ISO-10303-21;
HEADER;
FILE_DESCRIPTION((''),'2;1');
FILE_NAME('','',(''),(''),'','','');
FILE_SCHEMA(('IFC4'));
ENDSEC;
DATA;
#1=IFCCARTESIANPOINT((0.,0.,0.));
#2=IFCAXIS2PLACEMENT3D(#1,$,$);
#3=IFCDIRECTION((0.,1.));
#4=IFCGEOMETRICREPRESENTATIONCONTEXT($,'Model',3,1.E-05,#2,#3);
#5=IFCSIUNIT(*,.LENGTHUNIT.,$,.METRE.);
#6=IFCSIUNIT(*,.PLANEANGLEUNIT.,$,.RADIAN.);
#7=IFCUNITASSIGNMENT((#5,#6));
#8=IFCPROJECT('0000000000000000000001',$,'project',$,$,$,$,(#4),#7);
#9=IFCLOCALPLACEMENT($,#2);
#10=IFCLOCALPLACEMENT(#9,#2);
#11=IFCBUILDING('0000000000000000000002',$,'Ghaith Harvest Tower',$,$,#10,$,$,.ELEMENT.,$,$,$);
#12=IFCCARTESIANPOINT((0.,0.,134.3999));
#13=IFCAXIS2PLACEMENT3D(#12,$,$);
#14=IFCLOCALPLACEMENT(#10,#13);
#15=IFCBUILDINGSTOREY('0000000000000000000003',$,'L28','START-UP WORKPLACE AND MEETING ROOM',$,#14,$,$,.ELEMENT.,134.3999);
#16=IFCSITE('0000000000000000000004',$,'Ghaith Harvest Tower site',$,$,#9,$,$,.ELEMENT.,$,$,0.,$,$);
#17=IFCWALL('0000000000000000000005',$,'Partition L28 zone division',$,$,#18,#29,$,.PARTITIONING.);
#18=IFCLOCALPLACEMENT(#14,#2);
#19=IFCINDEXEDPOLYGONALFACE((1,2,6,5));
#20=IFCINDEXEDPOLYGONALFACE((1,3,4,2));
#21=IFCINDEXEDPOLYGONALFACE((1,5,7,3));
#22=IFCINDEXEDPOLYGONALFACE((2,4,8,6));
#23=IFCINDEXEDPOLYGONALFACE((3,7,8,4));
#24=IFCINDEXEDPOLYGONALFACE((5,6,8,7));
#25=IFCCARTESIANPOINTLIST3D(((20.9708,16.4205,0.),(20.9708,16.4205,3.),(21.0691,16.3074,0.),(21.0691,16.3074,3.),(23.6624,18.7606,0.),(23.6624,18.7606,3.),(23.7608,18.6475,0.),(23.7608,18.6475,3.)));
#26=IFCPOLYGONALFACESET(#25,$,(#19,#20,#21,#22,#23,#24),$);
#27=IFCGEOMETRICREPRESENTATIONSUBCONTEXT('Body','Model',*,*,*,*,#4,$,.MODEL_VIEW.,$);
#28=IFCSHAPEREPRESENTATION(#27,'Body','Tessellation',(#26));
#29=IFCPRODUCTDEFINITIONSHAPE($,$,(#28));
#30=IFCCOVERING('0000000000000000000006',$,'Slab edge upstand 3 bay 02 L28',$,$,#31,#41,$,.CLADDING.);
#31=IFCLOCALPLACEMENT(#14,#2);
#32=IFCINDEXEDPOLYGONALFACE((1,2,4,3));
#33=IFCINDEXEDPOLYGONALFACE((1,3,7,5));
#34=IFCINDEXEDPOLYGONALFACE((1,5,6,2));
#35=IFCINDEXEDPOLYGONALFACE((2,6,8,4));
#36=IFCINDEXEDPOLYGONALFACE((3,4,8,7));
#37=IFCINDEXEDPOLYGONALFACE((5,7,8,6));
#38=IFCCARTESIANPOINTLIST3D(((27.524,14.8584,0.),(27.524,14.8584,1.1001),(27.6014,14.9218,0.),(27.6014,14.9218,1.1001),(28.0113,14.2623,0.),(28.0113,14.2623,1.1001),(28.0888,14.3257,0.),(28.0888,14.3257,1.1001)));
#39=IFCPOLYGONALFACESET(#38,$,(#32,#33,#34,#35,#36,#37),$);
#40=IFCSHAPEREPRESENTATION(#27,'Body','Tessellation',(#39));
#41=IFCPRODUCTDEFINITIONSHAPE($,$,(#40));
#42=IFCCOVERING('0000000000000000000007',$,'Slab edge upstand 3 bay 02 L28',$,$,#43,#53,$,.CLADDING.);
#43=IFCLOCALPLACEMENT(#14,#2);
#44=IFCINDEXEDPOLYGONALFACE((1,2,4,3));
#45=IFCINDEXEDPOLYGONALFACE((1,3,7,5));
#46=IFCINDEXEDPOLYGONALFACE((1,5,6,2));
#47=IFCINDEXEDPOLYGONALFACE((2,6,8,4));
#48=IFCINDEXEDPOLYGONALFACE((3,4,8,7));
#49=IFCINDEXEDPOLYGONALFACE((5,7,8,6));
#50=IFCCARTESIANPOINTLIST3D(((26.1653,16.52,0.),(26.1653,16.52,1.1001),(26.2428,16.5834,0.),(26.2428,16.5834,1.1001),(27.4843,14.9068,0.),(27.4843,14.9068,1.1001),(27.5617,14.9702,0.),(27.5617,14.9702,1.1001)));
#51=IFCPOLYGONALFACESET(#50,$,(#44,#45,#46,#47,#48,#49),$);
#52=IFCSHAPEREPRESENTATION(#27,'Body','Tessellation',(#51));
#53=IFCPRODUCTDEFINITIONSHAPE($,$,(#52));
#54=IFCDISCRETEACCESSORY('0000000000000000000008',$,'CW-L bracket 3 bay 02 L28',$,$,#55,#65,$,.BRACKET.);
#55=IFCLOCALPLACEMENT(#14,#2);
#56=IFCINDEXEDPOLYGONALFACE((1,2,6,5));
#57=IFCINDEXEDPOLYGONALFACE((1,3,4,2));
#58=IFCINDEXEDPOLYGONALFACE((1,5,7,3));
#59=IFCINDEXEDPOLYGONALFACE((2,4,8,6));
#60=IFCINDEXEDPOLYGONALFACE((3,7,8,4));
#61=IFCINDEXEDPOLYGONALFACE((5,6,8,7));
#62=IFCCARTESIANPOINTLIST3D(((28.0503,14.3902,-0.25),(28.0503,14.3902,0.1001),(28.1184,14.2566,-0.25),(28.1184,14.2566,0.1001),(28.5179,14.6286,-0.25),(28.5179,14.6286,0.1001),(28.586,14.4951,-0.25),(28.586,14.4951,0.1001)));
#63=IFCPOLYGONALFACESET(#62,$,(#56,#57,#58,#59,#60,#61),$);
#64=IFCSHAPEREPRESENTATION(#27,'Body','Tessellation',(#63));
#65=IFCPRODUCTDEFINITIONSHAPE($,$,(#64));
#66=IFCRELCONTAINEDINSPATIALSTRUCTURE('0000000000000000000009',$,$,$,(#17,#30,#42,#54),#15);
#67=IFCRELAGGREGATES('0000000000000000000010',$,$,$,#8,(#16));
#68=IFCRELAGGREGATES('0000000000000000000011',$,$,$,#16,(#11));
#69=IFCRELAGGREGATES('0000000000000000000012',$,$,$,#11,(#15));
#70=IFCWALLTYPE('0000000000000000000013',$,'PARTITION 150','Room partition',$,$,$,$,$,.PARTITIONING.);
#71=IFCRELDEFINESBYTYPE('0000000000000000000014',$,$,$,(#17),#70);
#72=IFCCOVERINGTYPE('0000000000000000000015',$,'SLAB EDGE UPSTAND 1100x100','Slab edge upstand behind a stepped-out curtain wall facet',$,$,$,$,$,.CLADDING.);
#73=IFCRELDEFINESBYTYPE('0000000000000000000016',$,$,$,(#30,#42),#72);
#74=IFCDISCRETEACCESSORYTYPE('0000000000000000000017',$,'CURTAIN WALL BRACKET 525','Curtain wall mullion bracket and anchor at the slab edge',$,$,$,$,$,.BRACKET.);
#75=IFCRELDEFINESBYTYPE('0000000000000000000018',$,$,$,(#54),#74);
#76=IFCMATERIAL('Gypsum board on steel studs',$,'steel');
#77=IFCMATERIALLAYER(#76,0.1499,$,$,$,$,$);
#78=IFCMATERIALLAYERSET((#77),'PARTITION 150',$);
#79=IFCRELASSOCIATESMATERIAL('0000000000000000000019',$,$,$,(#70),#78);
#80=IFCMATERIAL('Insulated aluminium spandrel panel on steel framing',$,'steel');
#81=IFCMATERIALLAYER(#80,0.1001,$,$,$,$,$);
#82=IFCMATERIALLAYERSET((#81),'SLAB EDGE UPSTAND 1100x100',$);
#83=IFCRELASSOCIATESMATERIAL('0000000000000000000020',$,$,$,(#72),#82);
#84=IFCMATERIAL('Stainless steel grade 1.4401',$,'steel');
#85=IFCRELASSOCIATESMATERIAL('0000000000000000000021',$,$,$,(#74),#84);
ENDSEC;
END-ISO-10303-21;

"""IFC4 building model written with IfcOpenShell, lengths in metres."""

from ifc_helpers import new_model, si_unit, direction, frame, frame_2d, origin, origin_2d, place, context, subcontext, project, spatial, rectangle, extrude, material, layer, layer_set, type_object, element, save


model = new_model("IFC4")

# Units and contexts
model_context = context("Model", 3, precision=1e-05, world=origin(), true_north=direction((0.0, 1.0)))
body_context = subcontext(model_context, "Body", "Model", "MODEL_VIEW")
ifc_project = project(units=[si_unit("LENGTHUNIT", "METRE"), si_unit("PLANEANGLEUNIT", "RADIAN")], contexts=[model_context])

# Site, building, storey
site_placement = place(None, origin())
site = spatial("IfcSite", under=ifc_project, at=site_placement, Name="Ghaith Harvest Tower site", CompositionType="ELEMENT", RefElevation=0.0)
building_placement = place(site_placement, origin())
building = spatial("IfcBuilding", under=site, at=building_placement, Name="Ghaith Harvest Tower", CompositionType="ELEMENT")
storey_placement = place(building_placement, frame((0.0, 0.0, 134.3999)))
storey = spatial("IfcBuildingStorey", under=building, at=storey_placement, Name="L28", Description="START-UP WORKPLACE AND MEETING ROOM", CompositionType="ELEMENT", Elevation=134.3999)

# Wall
ifc_material_1 = material(Name="Gypsum board on steel studs", Category="steel")
ifc_layer_1 = layer(ifc_material_1, 0.1499)
ifc_layer_set_1 = layer_set([ifc_layer_1], Name="PARTITION 150")
wall_type_1 = type_object("IfcWallType", Name="PARTITION 150", Description="Room partition", PredefinedType="PARTITIONING", material=ifc_layer_set_1)
wall_placement = place(storey_placement, frame((21.02, 16.364, 0.0), z_axis=(0.0, 0.0, 1.0), x_axis=(0.754672, 0.656102, 0.0)))
element("IfcWall", 1, at=wall_placement, inside=storey, type_object=wall_type_1, Name="Partition L28 zone division", PredefinedType="PARTITIONING", context=body_context, shape_type="SweptSolid", body=[
    extrude(rectangle(XDim=3.5667, YDim=0.1499, at=frame_2d((1.7832, 0.0))), origin(), (0.0, 0.0, 1.0), 3.0),
])

# Coverings
ifc_material_2 = material(Name="Insulated aluminium spandrel panel on steel framing", Category="steel")
ifc_layer_2 = layer(ifc_material_2, 0.1001)
ifc_layer_set_2 = layer_set([ifc_layer_2], Name="SLAB EDGE UPSTAND 1100x100")
covering_type = type_object("IfcCoveringType", Name="SLAB EDGE UPSTAND 1100x100", Description="Slab edge upstand behind a stepped-out curtain wall facet", PredefinedType="CLADDING", material=ifc_layer_set_2)
covering_1_placement = place(storey_placement, frame((27.8064, 14.592, 0.0), z_axis=(0.0, 0.0, 1.0), x_axis=(-0.63297, 0.774177, 0.0)))
element("IfcCovering", 2, at=covering_1_placement, inside=storey, type_object=covering_type, Name="Slab edge upstand 3 bay 02 L28", PredefinedType="CLADDING", context=body_context, shape_type="SweptSolid", body=[
    extrude(rectangle(XDim=0.77, YDim=0.1001, at=origin_2d()), origin(), (0.0, 0.0, 1.0), 1.1001),
])
covering_2_placement = place(storey_placement, frame((26.8635, 15.7451, 0.0), z_axis=(0.0, 0.0, 1.0), x_axis=(-0.63297, 0.774177, 0.0)))
element("IfcCovering", 3, at=covering_2_placement, inside=storey, type_object=covering_type, Name="Slab edge upstand 3 bay 02 L28", PredefinedType="CLADDING", context=body_context, shape_type="SweptSolid", body=[
    extrude(rectangle(XDim=2.0837, YDim=0.1001, at=origin_2d()), origin(), (0.0, 0.0, 1.0), 1.1001),
])

# Discrete accessory
ifc_material_3 = material(Name="Stainless steel grade 1.4401", Category="steel")
discrete_accessory_type = type_object("IfcDiscreteAccessoryType", Name="CURTAIN WALL BRACKET 525", Description="Curtain wall mullion bracket and anchor at the slab edge", PredefinedType="BRACKET", material=ifc_material_3)
discrete_accessory_placement = place(storey_placement, frame((28.3181, 14.4426, -0.25), z_axis=(0.0, 0.0, 1.0), x_axis=(0.890831, 0.454335, 0.0)))
element("IfcDiscreteAccessory", 4, at=discrete_accessory_placement, inside=storey, type_object=discrete_accessory_type, Name="CW-L bracket 3 bay 02 L28", PredefinedType="BRACKET", context=body_context, shape_type="SweptSolid", body=[
    extrude(rectangle(XDim=0.5249, YDim=0.1499, at=origin_2d()), origin(), (0.0, 0.0, 1.0), 0.3501),
])

save(model, "model.ifc")
